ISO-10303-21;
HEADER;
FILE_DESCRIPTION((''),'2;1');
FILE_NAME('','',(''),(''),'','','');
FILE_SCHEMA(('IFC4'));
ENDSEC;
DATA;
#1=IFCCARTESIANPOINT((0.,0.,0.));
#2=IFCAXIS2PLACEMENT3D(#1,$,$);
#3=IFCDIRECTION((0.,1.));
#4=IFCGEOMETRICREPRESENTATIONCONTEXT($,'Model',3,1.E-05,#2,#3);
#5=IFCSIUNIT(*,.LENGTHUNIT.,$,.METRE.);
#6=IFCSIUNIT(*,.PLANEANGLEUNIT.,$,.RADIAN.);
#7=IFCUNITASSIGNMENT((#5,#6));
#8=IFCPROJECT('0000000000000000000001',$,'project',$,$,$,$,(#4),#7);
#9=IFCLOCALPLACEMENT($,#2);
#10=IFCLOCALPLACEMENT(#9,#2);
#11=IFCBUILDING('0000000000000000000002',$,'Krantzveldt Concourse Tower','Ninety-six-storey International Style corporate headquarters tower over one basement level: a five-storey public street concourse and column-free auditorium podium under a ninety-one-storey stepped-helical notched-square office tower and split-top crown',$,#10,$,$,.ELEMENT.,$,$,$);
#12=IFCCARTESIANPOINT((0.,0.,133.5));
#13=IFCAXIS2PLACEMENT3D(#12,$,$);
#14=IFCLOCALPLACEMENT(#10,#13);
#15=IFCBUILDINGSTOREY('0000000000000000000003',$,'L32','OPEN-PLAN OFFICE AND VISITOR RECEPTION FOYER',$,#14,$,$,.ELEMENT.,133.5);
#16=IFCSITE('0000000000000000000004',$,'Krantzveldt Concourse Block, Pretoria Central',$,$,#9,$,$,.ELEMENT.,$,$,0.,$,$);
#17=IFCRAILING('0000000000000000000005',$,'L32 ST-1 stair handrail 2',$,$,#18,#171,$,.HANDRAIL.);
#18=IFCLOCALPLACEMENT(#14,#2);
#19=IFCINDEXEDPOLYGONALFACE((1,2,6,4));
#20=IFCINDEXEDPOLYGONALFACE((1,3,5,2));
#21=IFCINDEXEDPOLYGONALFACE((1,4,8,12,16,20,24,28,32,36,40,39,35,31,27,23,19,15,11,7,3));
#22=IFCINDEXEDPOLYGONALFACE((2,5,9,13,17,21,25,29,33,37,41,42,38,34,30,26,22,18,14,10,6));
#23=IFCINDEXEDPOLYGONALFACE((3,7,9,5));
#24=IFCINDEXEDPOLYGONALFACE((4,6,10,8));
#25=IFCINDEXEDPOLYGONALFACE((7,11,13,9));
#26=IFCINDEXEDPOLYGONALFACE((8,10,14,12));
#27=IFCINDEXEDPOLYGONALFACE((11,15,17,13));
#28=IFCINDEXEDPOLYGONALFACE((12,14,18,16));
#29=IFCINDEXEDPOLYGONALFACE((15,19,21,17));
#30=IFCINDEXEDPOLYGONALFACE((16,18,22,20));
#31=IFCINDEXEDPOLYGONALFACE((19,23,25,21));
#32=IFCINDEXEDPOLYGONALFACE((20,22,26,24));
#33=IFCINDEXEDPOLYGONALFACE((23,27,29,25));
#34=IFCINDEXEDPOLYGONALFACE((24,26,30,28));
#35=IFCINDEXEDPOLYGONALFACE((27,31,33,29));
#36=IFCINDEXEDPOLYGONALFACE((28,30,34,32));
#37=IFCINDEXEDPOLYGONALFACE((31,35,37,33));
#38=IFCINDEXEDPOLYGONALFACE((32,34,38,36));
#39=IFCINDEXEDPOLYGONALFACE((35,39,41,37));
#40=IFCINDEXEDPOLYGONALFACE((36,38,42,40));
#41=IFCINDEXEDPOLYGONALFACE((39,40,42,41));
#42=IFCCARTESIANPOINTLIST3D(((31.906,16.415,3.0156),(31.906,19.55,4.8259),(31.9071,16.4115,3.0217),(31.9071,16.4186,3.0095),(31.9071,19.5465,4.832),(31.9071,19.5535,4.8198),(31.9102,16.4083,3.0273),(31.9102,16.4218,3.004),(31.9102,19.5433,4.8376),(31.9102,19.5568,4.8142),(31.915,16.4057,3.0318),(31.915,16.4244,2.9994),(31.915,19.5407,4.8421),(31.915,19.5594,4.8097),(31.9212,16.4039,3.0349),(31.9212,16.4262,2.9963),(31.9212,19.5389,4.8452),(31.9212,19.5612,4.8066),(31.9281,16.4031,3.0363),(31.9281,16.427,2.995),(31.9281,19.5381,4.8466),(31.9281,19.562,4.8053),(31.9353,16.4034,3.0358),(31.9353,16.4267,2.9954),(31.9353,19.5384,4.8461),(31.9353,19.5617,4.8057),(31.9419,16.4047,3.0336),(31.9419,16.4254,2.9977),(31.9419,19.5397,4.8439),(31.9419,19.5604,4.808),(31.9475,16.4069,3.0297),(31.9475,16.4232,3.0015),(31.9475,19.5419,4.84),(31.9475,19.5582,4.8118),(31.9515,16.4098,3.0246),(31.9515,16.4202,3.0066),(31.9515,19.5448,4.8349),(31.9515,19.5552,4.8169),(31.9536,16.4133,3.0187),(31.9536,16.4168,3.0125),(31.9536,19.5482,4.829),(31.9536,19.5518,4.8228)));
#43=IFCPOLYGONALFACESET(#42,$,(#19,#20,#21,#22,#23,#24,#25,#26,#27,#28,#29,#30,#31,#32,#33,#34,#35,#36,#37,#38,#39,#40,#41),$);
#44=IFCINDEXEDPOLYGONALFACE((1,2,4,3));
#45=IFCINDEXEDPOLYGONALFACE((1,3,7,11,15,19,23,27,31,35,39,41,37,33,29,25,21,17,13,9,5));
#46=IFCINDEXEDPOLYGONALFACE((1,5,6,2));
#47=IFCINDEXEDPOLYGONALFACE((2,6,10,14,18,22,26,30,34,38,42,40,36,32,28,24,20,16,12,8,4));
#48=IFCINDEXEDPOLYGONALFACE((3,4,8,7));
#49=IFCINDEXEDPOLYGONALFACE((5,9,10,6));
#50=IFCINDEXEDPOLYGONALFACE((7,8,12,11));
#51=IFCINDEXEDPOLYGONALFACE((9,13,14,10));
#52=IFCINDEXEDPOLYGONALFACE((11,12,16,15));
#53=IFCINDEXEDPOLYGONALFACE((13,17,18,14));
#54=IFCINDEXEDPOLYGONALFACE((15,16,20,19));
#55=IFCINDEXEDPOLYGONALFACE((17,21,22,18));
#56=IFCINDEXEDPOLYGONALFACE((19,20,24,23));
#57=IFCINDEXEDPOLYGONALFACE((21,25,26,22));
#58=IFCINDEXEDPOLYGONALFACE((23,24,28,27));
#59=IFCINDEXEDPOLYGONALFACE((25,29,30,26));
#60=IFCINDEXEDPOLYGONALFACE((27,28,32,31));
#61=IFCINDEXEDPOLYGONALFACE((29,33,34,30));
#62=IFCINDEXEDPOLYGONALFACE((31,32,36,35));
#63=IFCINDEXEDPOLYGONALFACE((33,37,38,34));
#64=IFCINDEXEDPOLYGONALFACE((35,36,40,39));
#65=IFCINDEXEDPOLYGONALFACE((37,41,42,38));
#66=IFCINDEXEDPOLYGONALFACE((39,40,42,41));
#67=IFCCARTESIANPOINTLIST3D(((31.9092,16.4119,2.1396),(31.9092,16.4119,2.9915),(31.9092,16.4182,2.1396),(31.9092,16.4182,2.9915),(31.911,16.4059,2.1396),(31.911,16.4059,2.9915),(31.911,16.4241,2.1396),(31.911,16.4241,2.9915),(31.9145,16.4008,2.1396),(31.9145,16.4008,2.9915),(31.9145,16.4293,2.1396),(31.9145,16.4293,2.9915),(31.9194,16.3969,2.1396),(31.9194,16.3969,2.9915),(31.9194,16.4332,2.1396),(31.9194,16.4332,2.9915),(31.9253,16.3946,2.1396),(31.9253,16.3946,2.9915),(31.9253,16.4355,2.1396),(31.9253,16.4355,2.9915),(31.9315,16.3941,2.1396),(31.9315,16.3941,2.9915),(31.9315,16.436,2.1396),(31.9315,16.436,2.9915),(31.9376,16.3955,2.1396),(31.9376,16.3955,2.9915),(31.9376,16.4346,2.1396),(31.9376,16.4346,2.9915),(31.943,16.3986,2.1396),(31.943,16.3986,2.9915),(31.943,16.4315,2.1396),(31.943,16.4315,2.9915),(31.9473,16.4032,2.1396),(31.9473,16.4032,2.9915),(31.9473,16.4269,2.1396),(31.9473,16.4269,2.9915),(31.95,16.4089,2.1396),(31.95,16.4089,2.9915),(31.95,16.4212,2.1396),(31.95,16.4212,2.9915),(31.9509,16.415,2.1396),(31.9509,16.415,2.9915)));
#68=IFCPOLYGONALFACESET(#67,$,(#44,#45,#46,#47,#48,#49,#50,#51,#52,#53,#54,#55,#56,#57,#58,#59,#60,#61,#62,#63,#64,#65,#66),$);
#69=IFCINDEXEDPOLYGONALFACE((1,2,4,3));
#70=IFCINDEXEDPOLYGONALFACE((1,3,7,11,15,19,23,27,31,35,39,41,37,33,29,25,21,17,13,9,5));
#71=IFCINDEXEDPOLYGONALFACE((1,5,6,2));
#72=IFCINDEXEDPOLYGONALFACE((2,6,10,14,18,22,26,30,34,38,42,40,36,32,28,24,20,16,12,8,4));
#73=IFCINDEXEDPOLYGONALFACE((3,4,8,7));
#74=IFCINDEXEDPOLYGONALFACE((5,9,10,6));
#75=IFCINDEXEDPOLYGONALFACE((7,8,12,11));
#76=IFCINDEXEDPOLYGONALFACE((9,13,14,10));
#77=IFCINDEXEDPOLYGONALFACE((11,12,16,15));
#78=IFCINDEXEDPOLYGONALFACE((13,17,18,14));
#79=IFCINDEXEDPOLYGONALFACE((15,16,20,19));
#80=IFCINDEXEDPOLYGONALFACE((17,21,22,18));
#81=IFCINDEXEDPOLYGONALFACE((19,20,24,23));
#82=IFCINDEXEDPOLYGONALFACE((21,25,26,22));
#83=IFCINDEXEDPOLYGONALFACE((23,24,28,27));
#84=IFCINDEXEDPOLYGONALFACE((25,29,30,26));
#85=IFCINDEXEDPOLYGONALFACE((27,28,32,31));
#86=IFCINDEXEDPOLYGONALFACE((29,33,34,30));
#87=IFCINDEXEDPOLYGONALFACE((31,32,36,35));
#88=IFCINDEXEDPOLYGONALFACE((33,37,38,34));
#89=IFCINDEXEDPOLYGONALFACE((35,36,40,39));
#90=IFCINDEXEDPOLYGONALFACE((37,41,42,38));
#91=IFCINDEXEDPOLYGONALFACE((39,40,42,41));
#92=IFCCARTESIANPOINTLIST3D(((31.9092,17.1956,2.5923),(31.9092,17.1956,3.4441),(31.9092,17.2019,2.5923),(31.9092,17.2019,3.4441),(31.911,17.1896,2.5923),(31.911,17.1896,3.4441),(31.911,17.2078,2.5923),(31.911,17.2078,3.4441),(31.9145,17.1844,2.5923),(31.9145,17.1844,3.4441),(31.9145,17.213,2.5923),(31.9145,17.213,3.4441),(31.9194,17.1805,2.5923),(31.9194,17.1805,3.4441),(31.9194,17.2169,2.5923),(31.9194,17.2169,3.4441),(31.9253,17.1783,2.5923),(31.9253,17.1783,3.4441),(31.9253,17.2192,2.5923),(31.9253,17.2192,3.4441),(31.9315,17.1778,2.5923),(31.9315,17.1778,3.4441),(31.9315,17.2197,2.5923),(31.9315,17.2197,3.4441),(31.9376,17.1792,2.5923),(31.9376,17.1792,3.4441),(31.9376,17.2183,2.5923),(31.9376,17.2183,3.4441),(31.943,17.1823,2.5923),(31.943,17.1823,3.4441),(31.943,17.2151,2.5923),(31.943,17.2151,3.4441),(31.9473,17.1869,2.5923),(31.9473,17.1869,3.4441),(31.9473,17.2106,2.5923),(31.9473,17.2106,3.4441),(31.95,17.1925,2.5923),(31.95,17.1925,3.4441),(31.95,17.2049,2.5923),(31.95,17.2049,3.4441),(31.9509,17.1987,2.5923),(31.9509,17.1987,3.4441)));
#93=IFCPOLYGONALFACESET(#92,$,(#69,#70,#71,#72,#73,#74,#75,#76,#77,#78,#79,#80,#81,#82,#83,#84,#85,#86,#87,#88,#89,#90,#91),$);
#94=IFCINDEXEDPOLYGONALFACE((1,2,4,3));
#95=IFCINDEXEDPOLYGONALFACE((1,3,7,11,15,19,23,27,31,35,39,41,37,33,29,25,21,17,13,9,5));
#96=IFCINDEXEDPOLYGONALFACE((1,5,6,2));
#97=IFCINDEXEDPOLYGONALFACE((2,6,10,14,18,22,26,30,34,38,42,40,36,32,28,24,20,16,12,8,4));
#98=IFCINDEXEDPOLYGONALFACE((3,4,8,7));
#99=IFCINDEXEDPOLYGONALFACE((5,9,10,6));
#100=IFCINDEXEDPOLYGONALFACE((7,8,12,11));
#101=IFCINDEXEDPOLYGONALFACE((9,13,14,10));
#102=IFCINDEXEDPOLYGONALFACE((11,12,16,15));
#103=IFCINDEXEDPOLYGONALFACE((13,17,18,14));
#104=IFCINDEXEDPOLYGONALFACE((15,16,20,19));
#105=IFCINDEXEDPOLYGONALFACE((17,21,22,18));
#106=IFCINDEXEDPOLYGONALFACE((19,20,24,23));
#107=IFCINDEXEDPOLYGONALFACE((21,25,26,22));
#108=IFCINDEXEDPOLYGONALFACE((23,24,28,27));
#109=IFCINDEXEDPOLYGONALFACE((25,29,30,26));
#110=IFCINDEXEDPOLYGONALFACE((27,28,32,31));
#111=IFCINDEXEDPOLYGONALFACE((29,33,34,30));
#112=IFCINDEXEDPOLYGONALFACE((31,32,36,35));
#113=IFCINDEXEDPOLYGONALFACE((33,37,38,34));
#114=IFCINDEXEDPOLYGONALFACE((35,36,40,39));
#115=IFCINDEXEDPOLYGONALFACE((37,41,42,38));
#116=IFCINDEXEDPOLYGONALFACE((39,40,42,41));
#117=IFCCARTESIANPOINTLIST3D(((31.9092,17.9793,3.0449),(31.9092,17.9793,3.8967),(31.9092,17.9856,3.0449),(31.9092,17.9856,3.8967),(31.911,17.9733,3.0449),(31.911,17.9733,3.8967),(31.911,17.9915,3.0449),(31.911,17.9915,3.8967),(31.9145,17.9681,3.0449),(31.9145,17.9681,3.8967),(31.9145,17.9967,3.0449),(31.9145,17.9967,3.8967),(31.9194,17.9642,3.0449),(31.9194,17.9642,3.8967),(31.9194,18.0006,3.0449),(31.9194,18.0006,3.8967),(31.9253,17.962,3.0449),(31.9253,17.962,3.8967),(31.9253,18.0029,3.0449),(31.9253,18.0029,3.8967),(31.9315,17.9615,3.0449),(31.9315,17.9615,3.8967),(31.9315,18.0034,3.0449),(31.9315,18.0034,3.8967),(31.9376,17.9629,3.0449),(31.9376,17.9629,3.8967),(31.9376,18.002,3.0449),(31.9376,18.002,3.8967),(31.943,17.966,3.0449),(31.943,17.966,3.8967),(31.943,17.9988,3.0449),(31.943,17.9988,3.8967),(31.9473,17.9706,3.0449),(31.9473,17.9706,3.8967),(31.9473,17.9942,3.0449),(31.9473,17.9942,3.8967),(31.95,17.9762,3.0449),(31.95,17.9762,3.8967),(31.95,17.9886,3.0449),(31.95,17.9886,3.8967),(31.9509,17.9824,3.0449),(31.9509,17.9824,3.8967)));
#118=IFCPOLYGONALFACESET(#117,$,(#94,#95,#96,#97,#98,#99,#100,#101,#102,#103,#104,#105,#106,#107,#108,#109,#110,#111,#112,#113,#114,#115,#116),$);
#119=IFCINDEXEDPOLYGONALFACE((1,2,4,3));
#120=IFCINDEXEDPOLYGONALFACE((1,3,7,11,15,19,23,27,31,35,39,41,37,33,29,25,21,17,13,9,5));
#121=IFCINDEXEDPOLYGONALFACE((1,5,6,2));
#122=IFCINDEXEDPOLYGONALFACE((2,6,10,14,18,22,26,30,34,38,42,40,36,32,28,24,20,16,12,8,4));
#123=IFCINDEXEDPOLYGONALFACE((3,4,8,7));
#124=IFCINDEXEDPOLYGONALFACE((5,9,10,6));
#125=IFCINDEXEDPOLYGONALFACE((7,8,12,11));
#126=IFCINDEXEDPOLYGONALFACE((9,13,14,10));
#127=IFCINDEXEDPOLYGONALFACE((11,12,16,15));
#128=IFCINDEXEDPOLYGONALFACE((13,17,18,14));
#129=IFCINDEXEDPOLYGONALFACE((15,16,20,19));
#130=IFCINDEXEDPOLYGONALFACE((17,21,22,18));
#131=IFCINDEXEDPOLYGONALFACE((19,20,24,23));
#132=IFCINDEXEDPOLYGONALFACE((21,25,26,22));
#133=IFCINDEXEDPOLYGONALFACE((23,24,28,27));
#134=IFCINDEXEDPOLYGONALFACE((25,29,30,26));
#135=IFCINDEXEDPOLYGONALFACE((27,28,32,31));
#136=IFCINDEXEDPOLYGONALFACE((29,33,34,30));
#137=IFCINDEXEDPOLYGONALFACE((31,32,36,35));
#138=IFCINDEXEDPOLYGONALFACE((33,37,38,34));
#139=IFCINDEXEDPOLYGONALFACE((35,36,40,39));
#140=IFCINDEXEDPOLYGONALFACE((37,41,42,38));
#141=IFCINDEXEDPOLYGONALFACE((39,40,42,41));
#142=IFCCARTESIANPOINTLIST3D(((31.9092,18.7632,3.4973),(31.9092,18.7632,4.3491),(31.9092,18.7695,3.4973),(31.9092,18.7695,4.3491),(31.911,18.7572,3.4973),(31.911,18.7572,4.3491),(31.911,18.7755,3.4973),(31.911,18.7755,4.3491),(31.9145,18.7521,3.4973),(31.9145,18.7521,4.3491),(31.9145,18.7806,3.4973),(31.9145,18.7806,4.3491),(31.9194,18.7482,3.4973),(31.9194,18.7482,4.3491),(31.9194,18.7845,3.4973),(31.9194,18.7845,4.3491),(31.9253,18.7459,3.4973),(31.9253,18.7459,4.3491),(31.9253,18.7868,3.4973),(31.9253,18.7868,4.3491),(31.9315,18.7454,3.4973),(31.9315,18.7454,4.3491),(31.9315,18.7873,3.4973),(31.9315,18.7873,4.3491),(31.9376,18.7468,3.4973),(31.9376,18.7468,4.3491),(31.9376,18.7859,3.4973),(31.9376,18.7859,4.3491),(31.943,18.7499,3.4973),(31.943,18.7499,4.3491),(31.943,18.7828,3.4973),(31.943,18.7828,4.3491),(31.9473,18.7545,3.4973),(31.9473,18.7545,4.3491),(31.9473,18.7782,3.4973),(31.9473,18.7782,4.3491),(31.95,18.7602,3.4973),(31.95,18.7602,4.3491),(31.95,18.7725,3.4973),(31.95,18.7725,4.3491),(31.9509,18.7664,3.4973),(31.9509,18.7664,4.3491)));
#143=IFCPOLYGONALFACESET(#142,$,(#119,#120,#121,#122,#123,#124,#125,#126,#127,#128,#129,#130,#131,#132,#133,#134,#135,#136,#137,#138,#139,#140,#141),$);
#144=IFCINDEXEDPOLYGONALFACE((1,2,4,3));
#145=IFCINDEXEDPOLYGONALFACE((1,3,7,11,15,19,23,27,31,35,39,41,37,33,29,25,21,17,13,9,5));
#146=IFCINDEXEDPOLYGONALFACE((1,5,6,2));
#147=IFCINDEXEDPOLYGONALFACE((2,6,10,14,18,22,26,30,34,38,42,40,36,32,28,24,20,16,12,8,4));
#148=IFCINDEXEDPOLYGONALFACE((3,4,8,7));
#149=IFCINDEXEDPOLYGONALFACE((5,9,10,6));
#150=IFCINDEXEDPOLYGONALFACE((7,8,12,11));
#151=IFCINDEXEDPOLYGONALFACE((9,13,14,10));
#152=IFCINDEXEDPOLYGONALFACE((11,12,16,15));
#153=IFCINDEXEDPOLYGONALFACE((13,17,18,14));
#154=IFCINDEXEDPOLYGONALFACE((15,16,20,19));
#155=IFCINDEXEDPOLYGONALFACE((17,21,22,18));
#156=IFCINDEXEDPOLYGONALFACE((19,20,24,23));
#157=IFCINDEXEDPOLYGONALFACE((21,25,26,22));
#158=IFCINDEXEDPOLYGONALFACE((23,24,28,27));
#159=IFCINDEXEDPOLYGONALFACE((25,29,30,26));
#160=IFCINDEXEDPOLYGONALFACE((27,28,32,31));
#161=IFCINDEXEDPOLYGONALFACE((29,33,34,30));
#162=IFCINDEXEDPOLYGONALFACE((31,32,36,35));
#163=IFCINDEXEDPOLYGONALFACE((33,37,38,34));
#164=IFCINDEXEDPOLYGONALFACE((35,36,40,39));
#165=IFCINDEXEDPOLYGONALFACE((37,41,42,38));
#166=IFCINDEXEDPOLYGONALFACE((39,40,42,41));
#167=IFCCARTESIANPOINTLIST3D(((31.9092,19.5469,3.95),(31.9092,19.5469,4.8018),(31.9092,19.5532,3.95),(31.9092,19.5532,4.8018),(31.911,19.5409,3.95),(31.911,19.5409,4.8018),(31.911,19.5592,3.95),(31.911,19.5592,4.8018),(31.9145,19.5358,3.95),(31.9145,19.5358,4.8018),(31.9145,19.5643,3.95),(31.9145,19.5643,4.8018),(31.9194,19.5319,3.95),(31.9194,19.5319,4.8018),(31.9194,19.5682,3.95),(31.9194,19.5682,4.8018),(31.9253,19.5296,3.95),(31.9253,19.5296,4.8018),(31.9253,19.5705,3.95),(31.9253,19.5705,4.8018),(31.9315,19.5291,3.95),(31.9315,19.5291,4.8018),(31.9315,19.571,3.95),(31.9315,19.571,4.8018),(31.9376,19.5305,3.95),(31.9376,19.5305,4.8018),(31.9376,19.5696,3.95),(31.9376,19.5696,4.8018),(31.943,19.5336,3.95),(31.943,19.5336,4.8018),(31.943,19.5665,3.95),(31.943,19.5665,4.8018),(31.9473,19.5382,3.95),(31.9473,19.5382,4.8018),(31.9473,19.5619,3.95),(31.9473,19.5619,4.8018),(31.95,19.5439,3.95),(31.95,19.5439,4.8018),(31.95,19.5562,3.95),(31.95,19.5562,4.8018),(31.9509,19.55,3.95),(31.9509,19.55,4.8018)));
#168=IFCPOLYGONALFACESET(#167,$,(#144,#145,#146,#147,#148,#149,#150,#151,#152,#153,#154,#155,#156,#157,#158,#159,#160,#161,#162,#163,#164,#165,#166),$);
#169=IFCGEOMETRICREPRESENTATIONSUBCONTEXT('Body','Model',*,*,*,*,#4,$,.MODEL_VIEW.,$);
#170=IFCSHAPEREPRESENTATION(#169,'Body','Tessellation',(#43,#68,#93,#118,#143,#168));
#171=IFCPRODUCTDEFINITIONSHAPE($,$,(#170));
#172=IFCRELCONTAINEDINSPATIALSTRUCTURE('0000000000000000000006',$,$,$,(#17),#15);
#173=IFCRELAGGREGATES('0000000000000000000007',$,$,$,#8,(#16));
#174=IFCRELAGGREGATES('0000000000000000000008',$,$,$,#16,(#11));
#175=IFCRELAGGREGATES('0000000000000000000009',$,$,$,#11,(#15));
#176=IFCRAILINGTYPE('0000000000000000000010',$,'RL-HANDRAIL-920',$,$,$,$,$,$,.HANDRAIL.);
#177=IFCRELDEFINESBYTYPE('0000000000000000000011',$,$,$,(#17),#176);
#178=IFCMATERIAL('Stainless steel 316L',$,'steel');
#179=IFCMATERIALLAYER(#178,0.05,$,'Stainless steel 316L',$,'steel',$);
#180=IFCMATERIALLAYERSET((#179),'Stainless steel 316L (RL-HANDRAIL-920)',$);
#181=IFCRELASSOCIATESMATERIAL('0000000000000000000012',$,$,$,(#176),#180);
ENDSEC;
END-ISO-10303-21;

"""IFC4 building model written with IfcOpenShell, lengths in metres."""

from ifc_helpers import new_model, si_unit, direction, frame, origin, origin_2d, place, context, subcontext, project, spatial, circle, extrude, material, layer, layer_set, type_object, element, save


model = new_model("IFC4")

# Units and contexts
model_context = context("Model", 3, precision=1e-05, world=origin(), true_north=direction((0.0, 1.0)))
body_context = subcontext(model_context, "Body", "Model", "MODEL_VIEW")
ifc_project = project(units=[si_unit("LENGTHUNIT", "METRE"), si_unit("PLANEANGLEUNIT", "RADIAN")], contexts=[model_context])

# Site, building, storey
site_placement = place(None, origin())
site = spatial("IfcSite", under=ifc_project, at=site_placement, Name="Krantzveldt Concourse Block, Pretoria Central", CompositionType="ELEMENT", RefElevation=0.0)
building_placement = place(site_placement, origin())
building = spatial("IfcBuilding", under=site, at=building_placement, Name="Krantzveldt Concourse Tower", Description="Ninety-six-storey International Style corporate headquarters tower over one basement level: a five-storey public street concourse and column-free auditorium podium under a ninety-one-storey stepped-helical notched-square office tower and split-top crown", CompositionType="ELEMENT")
storey_placement = place(building_placement, frame((0.0, 0.0, 133.5)))
storey = spatial("IfcBuildingStorey", under=building, at=storey_placement, Name="L32", Description="OPEN-PLAN OFFICE AND VISITOR RECEPTION FOYER", CompositionType="ELEMENT", Elevation=133.5)

# Shared definitions
ifc_material_1 = material(Name="Stainless steel 316L", Category="steel")

# Railing
ifc_layer_1 = layer(ifc_material_1, 0.05, Name="Stainless steel 316L", Category="steel")
ifc_layer_set_1 = layer_set([ifc_layer_1], Name="Stainless steel 316L (RL-HANDRAIL-920)")
railing_type_1 = type_object("IfcRailingType", Name="RL-HANDRAIL-920", PredefinedType="HANDRAIL", material=ifc_layer_set_1)
railing_1_placement = place(storey_placement, frame((31.9299, 16.415, 2.1396)))
element("IfcRailing", 1, at=railing_1_placement, inside=storey, type_object=railing_type_1, Name="L32 ST-1 stair handrail 2", PredefinedType="HANDRAIL", context=body_context, shape_type="SweptSolid", body=[
    extrude(circle(Radius=0.0239, at=origin_2d()), frame((0.0, 0.0, 0.876), z_axis=(0.0, 0.865989, 0.500063), x_axis=(-1.0, 0.0, 0.0)), (0.0, 0.0, 1.0), 3.6201),
    extrude(circle(Radius=0.021, at=origin_2d()), origin(), (0.0, 0.0, 1.0), 0.8518),
    extrude(circle(Radius=0.021, at=origin_2d()), frame((0.0, 0.7837, 0.4526)), (0.0, 0.0, 1.0), 0.8518),
    extrude(circle(Radius=0.021, at=origin_2d()), frame((0.0, 1.5674, 0.9053)), (0.0, 0.0, 1.0), 0.8518),
    extrude(circle(Radius=0.021, at=origin_2d()), frame((0.0, 2.3513, 1.3577)), (0.0, 0.0, 1.0), 0.8518),
    extrude(circle(Radius=0.021, at=origin_2d()), frame((0.0, 3.135, 1.8103)), (0.0, 0.0, 1.0), 0.8518),
])

save(model, "model.ifc")
